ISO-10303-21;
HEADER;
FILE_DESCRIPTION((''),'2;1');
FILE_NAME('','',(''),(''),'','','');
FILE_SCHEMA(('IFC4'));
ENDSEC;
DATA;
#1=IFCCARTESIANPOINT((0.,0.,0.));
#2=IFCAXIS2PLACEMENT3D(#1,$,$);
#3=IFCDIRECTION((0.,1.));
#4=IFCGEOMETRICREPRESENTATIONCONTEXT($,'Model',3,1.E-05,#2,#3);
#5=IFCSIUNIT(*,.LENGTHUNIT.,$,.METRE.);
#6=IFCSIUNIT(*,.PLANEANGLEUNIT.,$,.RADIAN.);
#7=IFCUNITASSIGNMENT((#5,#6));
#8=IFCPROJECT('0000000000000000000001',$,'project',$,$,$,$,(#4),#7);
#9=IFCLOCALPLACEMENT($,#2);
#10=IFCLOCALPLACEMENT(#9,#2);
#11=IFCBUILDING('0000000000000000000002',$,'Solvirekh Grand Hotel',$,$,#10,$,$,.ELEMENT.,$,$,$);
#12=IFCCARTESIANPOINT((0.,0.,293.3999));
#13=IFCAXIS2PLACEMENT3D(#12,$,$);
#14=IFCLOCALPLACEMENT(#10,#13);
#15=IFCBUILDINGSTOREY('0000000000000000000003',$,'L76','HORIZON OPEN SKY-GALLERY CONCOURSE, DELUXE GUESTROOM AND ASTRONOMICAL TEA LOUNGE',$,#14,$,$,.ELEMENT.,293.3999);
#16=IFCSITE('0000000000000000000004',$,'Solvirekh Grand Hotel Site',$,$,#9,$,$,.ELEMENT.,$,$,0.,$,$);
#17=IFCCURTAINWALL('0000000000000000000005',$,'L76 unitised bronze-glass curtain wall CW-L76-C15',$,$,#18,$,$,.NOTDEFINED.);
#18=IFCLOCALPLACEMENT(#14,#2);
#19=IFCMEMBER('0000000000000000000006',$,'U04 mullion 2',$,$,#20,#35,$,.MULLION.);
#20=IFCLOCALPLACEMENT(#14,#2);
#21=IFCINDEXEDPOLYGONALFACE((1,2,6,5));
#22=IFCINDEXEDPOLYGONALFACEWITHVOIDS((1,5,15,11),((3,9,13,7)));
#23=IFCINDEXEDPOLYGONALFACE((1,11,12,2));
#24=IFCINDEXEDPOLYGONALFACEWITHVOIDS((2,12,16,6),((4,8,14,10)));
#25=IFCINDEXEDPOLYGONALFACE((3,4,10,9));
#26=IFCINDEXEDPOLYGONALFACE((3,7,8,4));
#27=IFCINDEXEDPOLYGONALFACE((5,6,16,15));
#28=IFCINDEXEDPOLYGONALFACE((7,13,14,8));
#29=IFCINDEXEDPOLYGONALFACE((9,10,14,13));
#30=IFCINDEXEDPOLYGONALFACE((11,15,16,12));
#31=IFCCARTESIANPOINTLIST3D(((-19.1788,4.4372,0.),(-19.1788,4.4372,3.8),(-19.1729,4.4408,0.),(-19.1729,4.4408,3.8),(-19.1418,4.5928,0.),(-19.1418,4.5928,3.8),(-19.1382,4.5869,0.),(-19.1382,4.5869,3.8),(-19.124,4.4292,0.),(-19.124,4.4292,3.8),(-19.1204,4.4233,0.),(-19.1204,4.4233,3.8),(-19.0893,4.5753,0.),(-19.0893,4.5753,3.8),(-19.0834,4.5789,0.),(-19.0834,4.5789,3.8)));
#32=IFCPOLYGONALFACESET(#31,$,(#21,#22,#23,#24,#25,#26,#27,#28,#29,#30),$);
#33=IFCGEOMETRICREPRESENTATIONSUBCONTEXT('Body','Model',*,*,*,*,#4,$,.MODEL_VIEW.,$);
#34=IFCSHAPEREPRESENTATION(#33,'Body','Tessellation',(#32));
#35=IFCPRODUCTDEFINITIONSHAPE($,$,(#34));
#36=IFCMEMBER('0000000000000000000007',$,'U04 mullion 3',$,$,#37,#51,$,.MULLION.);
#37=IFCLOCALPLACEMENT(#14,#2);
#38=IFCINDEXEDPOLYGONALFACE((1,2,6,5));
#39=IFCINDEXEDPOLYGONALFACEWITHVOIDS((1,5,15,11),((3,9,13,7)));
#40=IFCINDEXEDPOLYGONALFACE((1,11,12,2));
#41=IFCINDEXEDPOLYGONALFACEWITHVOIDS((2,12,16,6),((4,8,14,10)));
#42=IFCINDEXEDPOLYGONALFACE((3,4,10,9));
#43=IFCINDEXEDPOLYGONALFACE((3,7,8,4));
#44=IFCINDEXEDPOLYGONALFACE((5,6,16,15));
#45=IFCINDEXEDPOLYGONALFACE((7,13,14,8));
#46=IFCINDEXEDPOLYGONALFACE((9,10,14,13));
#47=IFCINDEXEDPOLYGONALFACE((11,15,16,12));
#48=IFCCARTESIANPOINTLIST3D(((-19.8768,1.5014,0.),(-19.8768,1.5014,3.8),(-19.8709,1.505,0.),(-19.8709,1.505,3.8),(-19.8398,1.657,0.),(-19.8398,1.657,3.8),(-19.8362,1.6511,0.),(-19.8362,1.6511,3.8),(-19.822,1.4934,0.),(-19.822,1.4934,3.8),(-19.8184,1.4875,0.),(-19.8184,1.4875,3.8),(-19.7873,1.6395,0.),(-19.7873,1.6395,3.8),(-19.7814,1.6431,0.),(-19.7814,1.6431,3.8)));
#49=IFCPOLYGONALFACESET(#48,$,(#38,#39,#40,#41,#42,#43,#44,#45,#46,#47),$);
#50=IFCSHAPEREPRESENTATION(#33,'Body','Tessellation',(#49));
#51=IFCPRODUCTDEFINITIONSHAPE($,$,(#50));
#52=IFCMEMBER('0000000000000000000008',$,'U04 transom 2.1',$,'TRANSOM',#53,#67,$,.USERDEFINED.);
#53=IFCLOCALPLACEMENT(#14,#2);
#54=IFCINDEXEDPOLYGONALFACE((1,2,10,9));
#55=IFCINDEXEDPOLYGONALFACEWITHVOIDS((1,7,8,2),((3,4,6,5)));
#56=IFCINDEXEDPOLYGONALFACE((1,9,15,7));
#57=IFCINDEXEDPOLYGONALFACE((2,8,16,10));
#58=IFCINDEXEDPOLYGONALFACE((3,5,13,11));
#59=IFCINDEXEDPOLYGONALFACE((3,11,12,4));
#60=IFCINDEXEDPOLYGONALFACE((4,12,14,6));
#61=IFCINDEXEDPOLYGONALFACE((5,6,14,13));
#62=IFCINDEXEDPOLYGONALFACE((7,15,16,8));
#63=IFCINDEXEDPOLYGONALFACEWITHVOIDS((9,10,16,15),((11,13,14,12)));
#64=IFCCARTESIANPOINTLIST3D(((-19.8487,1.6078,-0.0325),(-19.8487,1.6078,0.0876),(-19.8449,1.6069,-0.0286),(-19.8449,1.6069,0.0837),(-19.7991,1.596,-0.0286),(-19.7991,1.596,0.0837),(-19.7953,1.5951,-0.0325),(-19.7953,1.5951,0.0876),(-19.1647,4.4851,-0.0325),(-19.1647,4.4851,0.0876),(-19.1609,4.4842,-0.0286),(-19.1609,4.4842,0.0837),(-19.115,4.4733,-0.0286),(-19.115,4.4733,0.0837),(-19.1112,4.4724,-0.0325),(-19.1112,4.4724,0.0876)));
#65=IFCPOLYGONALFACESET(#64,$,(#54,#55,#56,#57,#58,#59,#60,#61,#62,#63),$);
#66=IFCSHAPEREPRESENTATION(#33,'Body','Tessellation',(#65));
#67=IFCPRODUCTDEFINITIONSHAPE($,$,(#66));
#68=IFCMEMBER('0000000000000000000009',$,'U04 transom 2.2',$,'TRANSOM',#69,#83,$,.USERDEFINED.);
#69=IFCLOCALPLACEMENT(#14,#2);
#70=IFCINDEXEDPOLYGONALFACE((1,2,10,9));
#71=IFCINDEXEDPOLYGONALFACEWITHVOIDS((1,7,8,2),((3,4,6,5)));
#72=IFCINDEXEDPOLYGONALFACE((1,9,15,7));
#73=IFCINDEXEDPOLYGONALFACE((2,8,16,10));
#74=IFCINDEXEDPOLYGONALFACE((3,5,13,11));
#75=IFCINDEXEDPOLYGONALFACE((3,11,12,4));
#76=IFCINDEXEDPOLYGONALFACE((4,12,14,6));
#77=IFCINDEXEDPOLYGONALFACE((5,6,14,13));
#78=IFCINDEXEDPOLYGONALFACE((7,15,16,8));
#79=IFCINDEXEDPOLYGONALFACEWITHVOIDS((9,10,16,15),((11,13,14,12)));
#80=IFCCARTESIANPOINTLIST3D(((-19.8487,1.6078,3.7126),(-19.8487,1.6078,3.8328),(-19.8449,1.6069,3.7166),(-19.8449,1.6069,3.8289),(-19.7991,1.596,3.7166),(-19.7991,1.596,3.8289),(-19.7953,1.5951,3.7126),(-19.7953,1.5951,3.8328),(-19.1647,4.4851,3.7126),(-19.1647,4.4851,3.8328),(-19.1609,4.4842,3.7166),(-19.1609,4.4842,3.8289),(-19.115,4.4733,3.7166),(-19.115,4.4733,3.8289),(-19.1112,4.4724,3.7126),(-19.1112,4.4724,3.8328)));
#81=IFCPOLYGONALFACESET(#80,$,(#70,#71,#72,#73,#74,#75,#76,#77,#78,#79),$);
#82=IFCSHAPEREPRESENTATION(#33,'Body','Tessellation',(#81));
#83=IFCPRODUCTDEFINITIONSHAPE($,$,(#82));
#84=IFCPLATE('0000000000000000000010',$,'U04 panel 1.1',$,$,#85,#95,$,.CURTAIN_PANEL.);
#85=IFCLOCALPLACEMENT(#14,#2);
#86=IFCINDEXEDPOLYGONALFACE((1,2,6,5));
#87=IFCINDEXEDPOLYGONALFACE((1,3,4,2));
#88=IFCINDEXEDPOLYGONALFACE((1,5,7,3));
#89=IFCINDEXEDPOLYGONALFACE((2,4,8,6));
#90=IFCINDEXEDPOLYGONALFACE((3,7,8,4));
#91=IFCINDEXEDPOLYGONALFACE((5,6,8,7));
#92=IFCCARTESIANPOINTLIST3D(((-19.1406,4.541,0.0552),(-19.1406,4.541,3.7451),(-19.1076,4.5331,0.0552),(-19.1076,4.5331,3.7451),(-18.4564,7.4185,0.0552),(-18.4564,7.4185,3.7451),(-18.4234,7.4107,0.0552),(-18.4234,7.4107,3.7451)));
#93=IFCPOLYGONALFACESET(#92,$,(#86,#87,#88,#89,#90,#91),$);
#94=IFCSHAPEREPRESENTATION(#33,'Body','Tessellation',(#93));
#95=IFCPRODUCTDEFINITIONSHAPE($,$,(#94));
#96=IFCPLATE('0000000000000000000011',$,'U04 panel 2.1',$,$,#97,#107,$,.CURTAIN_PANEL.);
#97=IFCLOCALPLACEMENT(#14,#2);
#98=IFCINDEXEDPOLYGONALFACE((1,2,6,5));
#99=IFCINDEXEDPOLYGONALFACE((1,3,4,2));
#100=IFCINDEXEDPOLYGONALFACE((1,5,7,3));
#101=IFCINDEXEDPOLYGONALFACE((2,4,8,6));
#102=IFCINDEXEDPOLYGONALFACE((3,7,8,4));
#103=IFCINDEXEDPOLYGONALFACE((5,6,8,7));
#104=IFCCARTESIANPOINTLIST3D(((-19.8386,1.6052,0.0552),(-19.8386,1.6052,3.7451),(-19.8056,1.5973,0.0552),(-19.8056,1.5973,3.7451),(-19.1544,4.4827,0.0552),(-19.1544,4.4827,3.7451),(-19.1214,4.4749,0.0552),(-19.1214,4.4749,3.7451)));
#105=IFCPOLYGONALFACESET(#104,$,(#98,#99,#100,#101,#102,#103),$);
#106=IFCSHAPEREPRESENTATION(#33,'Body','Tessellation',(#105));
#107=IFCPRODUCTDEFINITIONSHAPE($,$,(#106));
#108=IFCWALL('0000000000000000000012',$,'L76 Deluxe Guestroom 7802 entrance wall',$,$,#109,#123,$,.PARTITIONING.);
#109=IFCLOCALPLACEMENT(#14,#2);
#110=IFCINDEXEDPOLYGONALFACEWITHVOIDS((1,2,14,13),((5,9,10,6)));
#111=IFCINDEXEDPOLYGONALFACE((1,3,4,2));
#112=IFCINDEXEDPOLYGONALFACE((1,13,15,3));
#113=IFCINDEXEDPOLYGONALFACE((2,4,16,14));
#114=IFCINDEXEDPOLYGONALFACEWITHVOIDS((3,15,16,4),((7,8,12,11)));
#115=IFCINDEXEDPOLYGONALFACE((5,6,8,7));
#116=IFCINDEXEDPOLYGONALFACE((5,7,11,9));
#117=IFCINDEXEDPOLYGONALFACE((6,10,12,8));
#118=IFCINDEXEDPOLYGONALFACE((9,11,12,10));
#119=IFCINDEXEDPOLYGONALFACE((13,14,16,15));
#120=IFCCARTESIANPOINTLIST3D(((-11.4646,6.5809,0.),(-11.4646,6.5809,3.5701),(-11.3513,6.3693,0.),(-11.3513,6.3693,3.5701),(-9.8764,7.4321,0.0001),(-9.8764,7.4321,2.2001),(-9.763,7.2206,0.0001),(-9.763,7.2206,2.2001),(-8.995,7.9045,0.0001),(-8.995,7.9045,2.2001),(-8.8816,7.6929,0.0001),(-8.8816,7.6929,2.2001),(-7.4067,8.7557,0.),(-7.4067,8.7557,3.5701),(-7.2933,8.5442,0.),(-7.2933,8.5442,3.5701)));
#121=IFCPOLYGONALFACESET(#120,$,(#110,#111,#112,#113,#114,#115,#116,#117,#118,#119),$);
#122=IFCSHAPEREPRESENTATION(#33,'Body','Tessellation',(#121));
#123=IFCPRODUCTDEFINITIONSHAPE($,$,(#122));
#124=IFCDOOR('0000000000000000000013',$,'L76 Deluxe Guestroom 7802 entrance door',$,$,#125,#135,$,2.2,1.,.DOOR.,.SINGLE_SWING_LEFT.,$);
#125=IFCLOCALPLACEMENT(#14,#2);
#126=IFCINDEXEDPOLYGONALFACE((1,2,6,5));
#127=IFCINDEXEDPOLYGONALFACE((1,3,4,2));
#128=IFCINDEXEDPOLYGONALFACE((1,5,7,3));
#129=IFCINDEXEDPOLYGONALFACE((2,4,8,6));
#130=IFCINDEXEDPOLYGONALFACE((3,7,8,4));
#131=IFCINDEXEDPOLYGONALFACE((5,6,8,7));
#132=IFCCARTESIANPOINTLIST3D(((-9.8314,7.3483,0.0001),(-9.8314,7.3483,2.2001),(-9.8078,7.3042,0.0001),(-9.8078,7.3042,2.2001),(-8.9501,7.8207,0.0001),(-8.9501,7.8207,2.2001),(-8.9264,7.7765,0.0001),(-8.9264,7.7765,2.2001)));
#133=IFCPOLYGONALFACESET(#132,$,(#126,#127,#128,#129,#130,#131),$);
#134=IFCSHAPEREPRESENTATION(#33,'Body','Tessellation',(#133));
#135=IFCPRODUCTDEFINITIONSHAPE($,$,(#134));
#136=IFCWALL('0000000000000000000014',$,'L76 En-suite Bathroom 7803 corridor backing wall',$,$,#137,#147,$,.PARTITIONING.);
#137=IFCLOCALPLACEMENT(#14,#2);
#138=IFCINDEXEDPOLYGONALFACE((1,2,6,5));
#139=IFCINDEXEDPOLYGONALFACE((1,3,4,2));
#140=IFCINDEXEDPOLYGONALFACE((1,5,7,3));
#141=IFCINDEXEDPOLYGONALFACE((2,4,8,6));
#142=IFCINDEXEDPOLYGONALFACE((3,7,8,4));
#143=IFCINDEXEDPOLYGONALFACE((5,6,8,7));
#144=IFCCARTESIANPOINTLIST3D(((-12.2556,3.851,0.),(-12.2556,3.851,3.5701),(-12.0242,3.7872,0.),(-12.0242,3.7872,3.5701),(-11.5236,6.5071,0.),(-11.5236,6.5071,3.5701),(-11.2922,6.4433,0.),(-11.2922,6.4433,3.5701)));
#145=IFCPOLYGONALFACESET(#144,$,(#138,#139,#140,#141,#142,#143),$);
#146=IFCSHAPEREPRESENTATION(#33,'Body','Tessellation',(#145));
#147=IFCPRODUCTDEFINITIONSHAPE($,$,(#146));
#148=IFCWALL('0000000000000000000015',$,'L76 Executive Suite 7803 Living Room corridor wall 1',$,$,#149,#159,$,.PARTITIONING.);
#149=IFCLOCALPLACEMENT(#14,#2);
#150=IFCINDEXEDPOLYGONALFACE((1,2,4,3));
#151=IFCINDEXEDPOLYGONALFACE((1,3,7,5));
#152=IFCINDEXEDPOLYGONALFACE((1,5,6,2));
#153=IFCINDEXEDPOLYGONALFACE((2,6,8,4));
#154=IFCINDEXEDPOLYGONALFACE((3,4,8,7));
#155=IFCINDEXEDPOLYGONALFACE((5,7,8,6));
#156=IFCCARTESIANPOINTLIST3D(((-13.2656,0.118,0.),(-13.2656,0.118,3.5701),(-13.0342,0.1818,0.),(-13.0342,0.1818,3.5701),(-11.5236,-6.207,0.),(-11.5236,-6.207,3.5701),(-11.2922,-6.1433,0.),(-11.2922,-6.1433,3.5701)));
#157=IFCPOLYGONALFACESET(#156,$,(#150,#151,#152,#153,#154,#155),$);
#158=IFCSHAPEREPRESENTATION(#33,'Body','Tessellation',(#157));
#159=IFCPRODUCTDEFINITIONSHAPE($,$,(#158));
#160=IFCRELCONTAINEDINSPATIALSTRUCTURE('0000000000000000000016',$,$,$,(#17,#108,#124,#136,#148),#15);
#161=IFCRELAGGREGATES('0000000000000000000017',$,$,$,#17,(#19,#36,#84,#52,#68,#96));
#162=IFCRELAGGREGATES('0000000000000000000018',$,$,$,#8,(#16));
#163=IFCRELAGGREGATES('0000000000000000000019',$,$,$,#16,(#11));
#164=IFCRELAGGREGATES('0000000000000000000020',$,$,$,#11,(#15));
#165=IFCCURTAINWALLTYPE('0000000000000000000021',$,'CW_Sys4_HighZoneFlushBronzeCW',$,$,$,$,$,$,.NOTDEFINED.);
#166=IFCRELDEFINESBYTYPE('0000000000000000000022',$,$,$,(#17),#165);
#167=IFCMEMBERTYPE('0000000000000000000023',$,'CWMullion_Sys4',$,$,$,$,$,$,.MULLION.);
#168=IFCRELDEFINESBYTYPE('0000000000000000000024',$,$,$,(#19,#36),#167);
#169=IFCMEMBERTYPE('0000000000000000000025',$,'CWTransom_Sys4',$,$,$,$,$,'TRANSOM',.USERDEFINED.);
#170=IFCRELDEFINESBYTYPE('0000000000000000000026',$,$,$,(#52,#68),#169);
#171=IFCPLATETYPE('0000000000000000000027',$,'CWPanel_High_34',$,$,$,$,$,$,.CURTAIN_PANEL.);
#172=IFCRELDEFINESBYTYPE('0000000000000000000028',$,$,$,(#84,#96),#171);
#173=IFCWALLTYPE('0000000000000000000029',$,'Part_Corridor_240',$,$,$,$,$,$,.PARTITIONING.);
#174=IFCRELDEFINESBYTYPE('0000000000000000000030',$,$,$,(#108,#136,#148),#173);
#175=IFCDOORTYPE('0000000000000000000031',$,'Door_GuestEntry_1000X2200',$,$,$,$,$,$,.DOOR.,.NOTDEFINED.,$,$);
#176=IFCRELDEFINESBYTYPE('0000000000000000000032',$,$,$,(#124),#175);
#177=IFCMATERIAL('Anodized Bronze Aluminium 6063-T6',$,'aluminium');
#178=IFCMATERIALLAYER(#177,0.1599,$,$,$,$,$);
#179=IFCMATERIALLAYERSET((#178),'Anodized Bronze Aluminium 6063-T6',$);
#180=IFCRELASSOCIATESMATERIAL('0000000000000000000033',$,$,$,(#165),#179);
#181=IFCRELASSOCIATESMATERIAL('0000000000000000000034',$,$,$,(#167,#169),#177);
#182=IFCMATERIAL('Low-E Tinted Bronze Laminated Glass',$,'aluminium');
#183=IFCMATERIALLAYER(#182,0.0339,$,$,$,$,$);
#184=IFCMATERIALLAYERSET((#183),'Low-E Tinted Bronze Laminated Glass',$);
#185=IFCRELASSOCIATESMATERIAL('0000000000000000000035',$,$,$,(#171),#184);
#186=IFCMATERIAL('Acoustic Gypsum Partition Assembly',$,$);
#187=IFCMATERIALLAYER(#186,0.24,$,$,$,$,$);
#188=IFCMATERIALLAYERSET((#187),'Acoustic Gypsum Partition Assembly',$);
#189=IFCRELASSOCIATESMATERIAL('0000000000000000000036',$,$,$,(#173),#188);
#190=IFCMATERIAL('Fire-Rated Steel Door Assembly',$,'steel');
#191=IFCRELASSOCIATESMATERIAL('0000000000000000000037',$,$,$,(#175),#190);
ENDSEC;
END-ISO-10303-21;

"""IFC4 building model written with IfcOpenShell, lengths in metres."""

from ifc_helpers import new_model, si_unit, direction, frame, frame_2d, origin, origin_2d, place, context, subcontext, project, spatial, rectangle, hollow_rectangle, extrude, source, transform, mapped, material, layer, layer_set, material_profile, profile_set, type_object, element, fill, aggregate, save


model = new_model("IFC4")

# Units and contexts
model_context = context("Model", 3, precision=1e-05, world=origin(), true_north=direction((0.0, 1.0)))
body_context = subcontext(model_context, "Body", "Model", "MODEL_VIEW")
ifc_project = project(units=[si_unit("LENGTHUNIT", "METRE"), si_unit("PLANEANGLEUNIT", "RADIAN")], contexts=[model_context])

# Site, building, storey
site_placement = place(None, origin())
site = spatial("IfcSite", under=ifc_project, at=site_placement, Name="Solvirekh Grand Hotel Site", CompositionType="ELEMENT", RefElevation=0.0)
building_placement = place(site_placement, origin())
building = spatial("IfcBuilding", under=site, at=building_placement, Name="Solvirekh Grand Hotel", CompositionType="ELEMENT")
storey_placement = place(building_placement, frame((0.0, 0.0, 293.3999)))
storey = spatial("IfcBuildingStorey", under=building, at=storey_placement, Name="L76", Description="HORIZON OPEN SKY-GALLERY CONCOURSE, DELUXE GUESTROOM AND ASTRONOMICAL TEA LOUNGE", CompositionType="ELEMENT", Elevation=293.3999)

# Curtain wall, members, plates
ifc_material_1 = material(Name="Anodized Bronze Aluminium 6063-T6", Category="aluminium")
ifc_layer_1 = layer(ifc_material_1, 0.1599)
ifc_layer_set_1 = layer_set([ifc_layer_1], Name="Anodized Bronze Aluminium 6063-T6")
curtain_wall_type = type_object("IfcCurtainWallType", Name="CW_Sys4_HighZoneFlushBronzeCW", PredefinedType="NOTDEFINED", material=ifc_layer_set_1)
curtain_wall_placement = place(storey_placement, origin())
curtain_wall = element("IfcCurtainWall", 1, at=curtain_wall_placement, inside=storey, type_object=curtain_wall_type, Name="L76 unitised bronze-glass curtain wall CW-L76-C15", PredefinedType="NOTDEFINED")
ifc_material_profile_1 = material_profile(ifc_material_1, hollow_rectangle(XDim=0.0601, YDim=0.1599, WallThickness=0.0049, at=origin_2d()), Name="ALU RHS 160X60X5")
ifc_profile_set_1 = profile_set([ifc_material_profile_1], Name="Anodized Bronze Aluminium 6063-T6")
member_type_1 = type_object("IfcMemberType", Name="CWMullion_Sys4", PredefinedType="MULLION", material=ifc_profile_set_1)
shared_shape_1 = source(origin(), body_context, "Body", "SweptSolid", [
    extrude(hollow_rectangle(XDim=0.0601, YDim=0.1599, WallThickness=0.0049, at=origin_2d()), origin(), (0.0, 0.0, 1.0), 3.8),
])
member_1_placement = place(storey_placement, frame((-19.1311, 4.5081, 0.0), z_axis=(0.0, 0.0, 1.0), x_axis=(0.972877, -0.231325, 0.0)))
member_1 = element("IfcMember", 2, at=member_1_placement, type_object=member_type_1, Name="U04 mullion 2", PredefinedType="MULLION", context=body_context, shape_type="MappedRepresentation", body=[
    mapped(shared_shape_1, transform((0.0, 0.0, 0.0), x_axis=(1.0, 0.0, 0.0), y_axis=(0.0, 1.0, 0.0), z_axis=(0.0, 0.0, 1.0), scale=1.0)),
])
member_2_placement = place(storey_placement, frame((-19.8291, 1.5723, 0.0), z_axis=(0.0, 0.0, 1.0), x_axis=(0.972877, -0.231325, 0.0)))
member_2 = element("IfcMember", 3, at=member_2_placement, type_object=member_type_1, Name="U04 mullion 3", PredefinedType="MULLION", context=body_context, shape_type="MappedRepresentation", body=[
    mapped(shared_shape_1, transform((0.0, 0.0, 0.0), x_axis=(1.0, 0.0, 0.0), y_axis=(0.0, 1.0, 0.0), z_axis=(0.0, 0.0, 1.0), scale=1.0)),
])
ifc_material_profile_2 = material_profile(ifc_material_1, hollow_rectangle(XDim=0.0549, YDim=0.1201, WallThickness=0.0039, at=origin_2d()), Name="ALU RHS 120X55X4")
ifc_profile_set_2 = profile_set([ifc_material_profile_2], Name="Anodized Bronze Aluminium 6063-T6")
member_type_2 = type_object("IfcMemberType", Name="CWTransom_Sys4", ElementType="TRANSOM", PredefinedType="USERDEFINED", material=ifc_profile_set_2)
shared_shape_2 = source(origin(), body_context, "Body", "SweptSolid", [
    extrude(hollow_rectangle(XDim=0.0549, YDim=0.1201, WallThickness=0.0039, at=origin_2d()), origin(), (0.0, 0.0, 1.0), 2.9575),
])
member_3_placement = place(storey_placement, frame((-19.1379, 4.4788, 0.0276), z_axis=(-0.231293, -0.972884, 0.0), x_axis=(0.972884, -0.231293, 0.0)))
member_3 = element("IfcMember", 4, at=member_3_placement, type_object=member_type_2, Name="U04 transom 2.1", ObjectType="TRANSOM", PredefinedType="USERDEFINED", context=body_context, shape_type="MappedRepresentation", body=[
    mapped(shared_shape_2, transform((0.0, 0.0, 0.0), x_axis=(1.0, 0.0, 0.0), y_axis=(0.0, 1.0, 0.0), z_axis=(0.0, 0.0, 1.0), scale=1.0)),
])
member_4_placement = place(storey_placement, frame((-19.1379, 4.4788, 3.7727), z_axis=(-0.231293, -0.972884, 0.0), x_axis=(0.972884, -0.231293, 0.0)))
member_4 = element("IfcMember", 5, at=member_4_placement, type_object=member_type_2, Name="U04 transom 2.2", ObjectType="TRANSOM", PredefinedType="USERDEFINED", context=body_context, shape_type="MappedRepresentation", body=[
    mapped(shared_shape_2, transform((0.0, 0.0, 0.0), x_axis=(1.0, 0.0, 0.0), y_axis=(0.0, 1.0, 0.0), z_axis=(0.0, 0.0, 1.0), scale=1.0)),
])
ifc_material_2 = material(Name="Low-E Tinted Bronze Laminated Glass", Category="aluminium")
ifc_layer_2 = layer(ifc_material_2, 0.0339)
ifc_layer_set_2 = layer_set([ifc_layer_2], Name="Low-E Tinted Bronze Laminated Glass")
plate_type = type_object("IfcPlateType", Name="CWPanel_High_34", PredefinedType="CURTAIN_PANEL", material=ifc_layer_set_2)
shared_shape_3 = source(origin(), body_context, "Body", "SweptSolid", [
    extrude(rectangle(XDim=2.9578, YDim=0.0339, at=origin_2d()), origin(), (0.0, 0.0, 1.0), 3.6899),
])
plate_1_placement = place(storey_placement, frame((-18.782, 5.9758, 0.0552), z_axis=(0.0, 0.0, 1.0), x_axis=(-0.231325, -0.972877, 0.0)))
plate_1 = element("IfcPlate", 6, at=plate_1_placement, type_object=plate_type, Name="U04 panel 1.1", PredefinedType="CURTAIN_PANEL", context=body_context, shape_type="MappedRepresentation", body=[
    mapped(shared_shape_3, transform((0.0, 0.0, 0.0), x_axis=(1.0, 0.0, 0.0), y_axis=(0.0, 1.0, 0.0), z_axis=(0.0, 0.0, 1.0), scale=1.0)),
])
plate_2_placement = place(storey_placement, frame((-19.48, 3.04, 0.0552), z_axis=(0.0, 0.0, 1.0), x_axis=(-0.231325, -0.972877, 0.0)))
plate_2 = element("IfcPlate", 7, at=plate_2_placement, type_object=plate_type, Name="U04 panel 2.1", PredefinedType="CURTAIN_PANEL", context=body_context, shape_type="MappedRepresentation", body=[
    mapped(shared_shape_3, transform((0.0, 0.0, 0.0), x_axis=(1.0, 0.0, 0.0), y_axis=(0.0, 1.0, 0.0), z_axis=(0.0, 0.0, 1.0), scale=1.0)),
])
aggregate(curtain_wall, [member_1, member_2, plate_1, member_3, member_4, plate_2])

# Wall, opening, door
ifc_material_3 = material(Name="Acoustic Gypsum Partition Assembly")
ifc_layer_3 = layer(ifc_material_3, 0.24)
ifc_layer_set_3 = layer_set([ifc_layer_3], Name="Acoustic Gypsum Partition Assembly")
wall_type_1 = type_object("IfcWallType", Name="Part_Corridor_240", PredefinedType="PARTITIONING", material=ifc_layer_set_3)
wall_1_placement = place(storey_placement, frame((-11.408, 6.4751, 0.0), z_axis=(0.0, 0.0, 1.0), x_axis=(0.881394, 0.472382, 0.0)))
wall_1 = element("IfcWall", 8, at=wall_1_placement, inside=storey, type_object=wall_type_1, Name="L76 Deluxe Guestroom 7802 entrance wall", PredefinedType="PARTITIONING", context=body_context, shape_type="SweptSolid", body=[
    extrude(rectangle(XDim=4.604, YDim=0.24, at=frame_2d((2.302, 0.0))), origin(), (0.0, 0.0, 1.0), 3.5701),
])
opening_1_placement = place(wall_1_placement, frame((1.802, 0.0, 0.0)))
opening_1 = element("IfcOpeningElement", 9, at=opening_1_placement, cuts=wall_1, PredefinedType="OPENING", context=body_context, shape_type="SweptSolid", body=[
    extrude(rectangle(XDim=1.0, YDim=2.2, at=frame_2d((0.5, 1.1001))), frame((0.0, 0.1299, 0.0), z_axis=(0.0, -1.0, 0.0), x_axis=(1.0, 0.0, 0.0)), (0.0, 0.0, 1.0), 0.26),
])
ifc_material_4 = material(Name="Fire-Rated Steel Door Assembly", Category="steel")
door_type_1 = type_object("IfcDoorType", Name="Door_GuestEntry_1000X2200", OperationType="NOTDEFINED", PredefinedType="DOOR", material=ifc_material_4)
door_1_placement = place(opening_1_placement, origin())
door_1 = element("IfcDoor", 10, at=door_1_placement, inside=storey, type_object=door_type_1, Name="L76 Deluxe Guestroom 7802 entrance door", OperationType="SINGLE_SWING_LEFT", OverallHeight=2.2, OverallWidth=1.0, PredefinedType="DOOR", context=body_context, shape_type="SweptSolid", body=[
    extrude(rectangle(XDim=1.0, YDim=2.2, at=frame_2d((0.5, 1.1001))), frame((0.0, 0.0249, 0.0), z_axis=(0.0, -1.0, 0.0), x_axis=(1.0, 0.0, 0.0)), (0.0, 0.0, 1.0), 0.05),
])
fill(opening_1, door_1)

# Walls
wall_2_placement = place(storey_placement, frame((-11.408, 6.4751, 0.0), z_axis=(0.0, 0.0, 1.0), x_axis=(-0.265673, -0.964063, 0.0)))
element("IfcWall", 11, at=wall_2_placement, inside=storey, type_object=wall_type_1, Name="L76 En-suite Bathroom 7803 corridor backing wall", PredefinedType="PARTITIONING", context=body_context, shape_type="SweptSolid", body=[
    extrude(rectangle(XDim=2.7551, YDim=0.24, at=frame_2d((1.3774, 0.0))), origin(), (0.0, 0.0, 1.0), 3.5701),
])
wall_3_placement = place(storey_placement, frame((-13.1499, 0.1499, 0.0), z_axis=(0.0, 0.0, 1.0), x_axis=(0.265522, -0.964105, 0.0)))
element("IfcWall", 12, at=wall_3_placement, inside=storey, type_object=wall_type_1, Name="L76 Executive Suite 7803 Living Room corridor wall 1", PredefinedType="PARTITIONING", context=body_context, shape_type="SweptSolid", body=[
    extrude(rectangle(XDim=6.5605, YDim=0.24, at=frame_2d((3.2803, 0.0))), origin(), (0.0, 0.0, 1.0), 3.5701),
])

save(model, "model.ifc")
